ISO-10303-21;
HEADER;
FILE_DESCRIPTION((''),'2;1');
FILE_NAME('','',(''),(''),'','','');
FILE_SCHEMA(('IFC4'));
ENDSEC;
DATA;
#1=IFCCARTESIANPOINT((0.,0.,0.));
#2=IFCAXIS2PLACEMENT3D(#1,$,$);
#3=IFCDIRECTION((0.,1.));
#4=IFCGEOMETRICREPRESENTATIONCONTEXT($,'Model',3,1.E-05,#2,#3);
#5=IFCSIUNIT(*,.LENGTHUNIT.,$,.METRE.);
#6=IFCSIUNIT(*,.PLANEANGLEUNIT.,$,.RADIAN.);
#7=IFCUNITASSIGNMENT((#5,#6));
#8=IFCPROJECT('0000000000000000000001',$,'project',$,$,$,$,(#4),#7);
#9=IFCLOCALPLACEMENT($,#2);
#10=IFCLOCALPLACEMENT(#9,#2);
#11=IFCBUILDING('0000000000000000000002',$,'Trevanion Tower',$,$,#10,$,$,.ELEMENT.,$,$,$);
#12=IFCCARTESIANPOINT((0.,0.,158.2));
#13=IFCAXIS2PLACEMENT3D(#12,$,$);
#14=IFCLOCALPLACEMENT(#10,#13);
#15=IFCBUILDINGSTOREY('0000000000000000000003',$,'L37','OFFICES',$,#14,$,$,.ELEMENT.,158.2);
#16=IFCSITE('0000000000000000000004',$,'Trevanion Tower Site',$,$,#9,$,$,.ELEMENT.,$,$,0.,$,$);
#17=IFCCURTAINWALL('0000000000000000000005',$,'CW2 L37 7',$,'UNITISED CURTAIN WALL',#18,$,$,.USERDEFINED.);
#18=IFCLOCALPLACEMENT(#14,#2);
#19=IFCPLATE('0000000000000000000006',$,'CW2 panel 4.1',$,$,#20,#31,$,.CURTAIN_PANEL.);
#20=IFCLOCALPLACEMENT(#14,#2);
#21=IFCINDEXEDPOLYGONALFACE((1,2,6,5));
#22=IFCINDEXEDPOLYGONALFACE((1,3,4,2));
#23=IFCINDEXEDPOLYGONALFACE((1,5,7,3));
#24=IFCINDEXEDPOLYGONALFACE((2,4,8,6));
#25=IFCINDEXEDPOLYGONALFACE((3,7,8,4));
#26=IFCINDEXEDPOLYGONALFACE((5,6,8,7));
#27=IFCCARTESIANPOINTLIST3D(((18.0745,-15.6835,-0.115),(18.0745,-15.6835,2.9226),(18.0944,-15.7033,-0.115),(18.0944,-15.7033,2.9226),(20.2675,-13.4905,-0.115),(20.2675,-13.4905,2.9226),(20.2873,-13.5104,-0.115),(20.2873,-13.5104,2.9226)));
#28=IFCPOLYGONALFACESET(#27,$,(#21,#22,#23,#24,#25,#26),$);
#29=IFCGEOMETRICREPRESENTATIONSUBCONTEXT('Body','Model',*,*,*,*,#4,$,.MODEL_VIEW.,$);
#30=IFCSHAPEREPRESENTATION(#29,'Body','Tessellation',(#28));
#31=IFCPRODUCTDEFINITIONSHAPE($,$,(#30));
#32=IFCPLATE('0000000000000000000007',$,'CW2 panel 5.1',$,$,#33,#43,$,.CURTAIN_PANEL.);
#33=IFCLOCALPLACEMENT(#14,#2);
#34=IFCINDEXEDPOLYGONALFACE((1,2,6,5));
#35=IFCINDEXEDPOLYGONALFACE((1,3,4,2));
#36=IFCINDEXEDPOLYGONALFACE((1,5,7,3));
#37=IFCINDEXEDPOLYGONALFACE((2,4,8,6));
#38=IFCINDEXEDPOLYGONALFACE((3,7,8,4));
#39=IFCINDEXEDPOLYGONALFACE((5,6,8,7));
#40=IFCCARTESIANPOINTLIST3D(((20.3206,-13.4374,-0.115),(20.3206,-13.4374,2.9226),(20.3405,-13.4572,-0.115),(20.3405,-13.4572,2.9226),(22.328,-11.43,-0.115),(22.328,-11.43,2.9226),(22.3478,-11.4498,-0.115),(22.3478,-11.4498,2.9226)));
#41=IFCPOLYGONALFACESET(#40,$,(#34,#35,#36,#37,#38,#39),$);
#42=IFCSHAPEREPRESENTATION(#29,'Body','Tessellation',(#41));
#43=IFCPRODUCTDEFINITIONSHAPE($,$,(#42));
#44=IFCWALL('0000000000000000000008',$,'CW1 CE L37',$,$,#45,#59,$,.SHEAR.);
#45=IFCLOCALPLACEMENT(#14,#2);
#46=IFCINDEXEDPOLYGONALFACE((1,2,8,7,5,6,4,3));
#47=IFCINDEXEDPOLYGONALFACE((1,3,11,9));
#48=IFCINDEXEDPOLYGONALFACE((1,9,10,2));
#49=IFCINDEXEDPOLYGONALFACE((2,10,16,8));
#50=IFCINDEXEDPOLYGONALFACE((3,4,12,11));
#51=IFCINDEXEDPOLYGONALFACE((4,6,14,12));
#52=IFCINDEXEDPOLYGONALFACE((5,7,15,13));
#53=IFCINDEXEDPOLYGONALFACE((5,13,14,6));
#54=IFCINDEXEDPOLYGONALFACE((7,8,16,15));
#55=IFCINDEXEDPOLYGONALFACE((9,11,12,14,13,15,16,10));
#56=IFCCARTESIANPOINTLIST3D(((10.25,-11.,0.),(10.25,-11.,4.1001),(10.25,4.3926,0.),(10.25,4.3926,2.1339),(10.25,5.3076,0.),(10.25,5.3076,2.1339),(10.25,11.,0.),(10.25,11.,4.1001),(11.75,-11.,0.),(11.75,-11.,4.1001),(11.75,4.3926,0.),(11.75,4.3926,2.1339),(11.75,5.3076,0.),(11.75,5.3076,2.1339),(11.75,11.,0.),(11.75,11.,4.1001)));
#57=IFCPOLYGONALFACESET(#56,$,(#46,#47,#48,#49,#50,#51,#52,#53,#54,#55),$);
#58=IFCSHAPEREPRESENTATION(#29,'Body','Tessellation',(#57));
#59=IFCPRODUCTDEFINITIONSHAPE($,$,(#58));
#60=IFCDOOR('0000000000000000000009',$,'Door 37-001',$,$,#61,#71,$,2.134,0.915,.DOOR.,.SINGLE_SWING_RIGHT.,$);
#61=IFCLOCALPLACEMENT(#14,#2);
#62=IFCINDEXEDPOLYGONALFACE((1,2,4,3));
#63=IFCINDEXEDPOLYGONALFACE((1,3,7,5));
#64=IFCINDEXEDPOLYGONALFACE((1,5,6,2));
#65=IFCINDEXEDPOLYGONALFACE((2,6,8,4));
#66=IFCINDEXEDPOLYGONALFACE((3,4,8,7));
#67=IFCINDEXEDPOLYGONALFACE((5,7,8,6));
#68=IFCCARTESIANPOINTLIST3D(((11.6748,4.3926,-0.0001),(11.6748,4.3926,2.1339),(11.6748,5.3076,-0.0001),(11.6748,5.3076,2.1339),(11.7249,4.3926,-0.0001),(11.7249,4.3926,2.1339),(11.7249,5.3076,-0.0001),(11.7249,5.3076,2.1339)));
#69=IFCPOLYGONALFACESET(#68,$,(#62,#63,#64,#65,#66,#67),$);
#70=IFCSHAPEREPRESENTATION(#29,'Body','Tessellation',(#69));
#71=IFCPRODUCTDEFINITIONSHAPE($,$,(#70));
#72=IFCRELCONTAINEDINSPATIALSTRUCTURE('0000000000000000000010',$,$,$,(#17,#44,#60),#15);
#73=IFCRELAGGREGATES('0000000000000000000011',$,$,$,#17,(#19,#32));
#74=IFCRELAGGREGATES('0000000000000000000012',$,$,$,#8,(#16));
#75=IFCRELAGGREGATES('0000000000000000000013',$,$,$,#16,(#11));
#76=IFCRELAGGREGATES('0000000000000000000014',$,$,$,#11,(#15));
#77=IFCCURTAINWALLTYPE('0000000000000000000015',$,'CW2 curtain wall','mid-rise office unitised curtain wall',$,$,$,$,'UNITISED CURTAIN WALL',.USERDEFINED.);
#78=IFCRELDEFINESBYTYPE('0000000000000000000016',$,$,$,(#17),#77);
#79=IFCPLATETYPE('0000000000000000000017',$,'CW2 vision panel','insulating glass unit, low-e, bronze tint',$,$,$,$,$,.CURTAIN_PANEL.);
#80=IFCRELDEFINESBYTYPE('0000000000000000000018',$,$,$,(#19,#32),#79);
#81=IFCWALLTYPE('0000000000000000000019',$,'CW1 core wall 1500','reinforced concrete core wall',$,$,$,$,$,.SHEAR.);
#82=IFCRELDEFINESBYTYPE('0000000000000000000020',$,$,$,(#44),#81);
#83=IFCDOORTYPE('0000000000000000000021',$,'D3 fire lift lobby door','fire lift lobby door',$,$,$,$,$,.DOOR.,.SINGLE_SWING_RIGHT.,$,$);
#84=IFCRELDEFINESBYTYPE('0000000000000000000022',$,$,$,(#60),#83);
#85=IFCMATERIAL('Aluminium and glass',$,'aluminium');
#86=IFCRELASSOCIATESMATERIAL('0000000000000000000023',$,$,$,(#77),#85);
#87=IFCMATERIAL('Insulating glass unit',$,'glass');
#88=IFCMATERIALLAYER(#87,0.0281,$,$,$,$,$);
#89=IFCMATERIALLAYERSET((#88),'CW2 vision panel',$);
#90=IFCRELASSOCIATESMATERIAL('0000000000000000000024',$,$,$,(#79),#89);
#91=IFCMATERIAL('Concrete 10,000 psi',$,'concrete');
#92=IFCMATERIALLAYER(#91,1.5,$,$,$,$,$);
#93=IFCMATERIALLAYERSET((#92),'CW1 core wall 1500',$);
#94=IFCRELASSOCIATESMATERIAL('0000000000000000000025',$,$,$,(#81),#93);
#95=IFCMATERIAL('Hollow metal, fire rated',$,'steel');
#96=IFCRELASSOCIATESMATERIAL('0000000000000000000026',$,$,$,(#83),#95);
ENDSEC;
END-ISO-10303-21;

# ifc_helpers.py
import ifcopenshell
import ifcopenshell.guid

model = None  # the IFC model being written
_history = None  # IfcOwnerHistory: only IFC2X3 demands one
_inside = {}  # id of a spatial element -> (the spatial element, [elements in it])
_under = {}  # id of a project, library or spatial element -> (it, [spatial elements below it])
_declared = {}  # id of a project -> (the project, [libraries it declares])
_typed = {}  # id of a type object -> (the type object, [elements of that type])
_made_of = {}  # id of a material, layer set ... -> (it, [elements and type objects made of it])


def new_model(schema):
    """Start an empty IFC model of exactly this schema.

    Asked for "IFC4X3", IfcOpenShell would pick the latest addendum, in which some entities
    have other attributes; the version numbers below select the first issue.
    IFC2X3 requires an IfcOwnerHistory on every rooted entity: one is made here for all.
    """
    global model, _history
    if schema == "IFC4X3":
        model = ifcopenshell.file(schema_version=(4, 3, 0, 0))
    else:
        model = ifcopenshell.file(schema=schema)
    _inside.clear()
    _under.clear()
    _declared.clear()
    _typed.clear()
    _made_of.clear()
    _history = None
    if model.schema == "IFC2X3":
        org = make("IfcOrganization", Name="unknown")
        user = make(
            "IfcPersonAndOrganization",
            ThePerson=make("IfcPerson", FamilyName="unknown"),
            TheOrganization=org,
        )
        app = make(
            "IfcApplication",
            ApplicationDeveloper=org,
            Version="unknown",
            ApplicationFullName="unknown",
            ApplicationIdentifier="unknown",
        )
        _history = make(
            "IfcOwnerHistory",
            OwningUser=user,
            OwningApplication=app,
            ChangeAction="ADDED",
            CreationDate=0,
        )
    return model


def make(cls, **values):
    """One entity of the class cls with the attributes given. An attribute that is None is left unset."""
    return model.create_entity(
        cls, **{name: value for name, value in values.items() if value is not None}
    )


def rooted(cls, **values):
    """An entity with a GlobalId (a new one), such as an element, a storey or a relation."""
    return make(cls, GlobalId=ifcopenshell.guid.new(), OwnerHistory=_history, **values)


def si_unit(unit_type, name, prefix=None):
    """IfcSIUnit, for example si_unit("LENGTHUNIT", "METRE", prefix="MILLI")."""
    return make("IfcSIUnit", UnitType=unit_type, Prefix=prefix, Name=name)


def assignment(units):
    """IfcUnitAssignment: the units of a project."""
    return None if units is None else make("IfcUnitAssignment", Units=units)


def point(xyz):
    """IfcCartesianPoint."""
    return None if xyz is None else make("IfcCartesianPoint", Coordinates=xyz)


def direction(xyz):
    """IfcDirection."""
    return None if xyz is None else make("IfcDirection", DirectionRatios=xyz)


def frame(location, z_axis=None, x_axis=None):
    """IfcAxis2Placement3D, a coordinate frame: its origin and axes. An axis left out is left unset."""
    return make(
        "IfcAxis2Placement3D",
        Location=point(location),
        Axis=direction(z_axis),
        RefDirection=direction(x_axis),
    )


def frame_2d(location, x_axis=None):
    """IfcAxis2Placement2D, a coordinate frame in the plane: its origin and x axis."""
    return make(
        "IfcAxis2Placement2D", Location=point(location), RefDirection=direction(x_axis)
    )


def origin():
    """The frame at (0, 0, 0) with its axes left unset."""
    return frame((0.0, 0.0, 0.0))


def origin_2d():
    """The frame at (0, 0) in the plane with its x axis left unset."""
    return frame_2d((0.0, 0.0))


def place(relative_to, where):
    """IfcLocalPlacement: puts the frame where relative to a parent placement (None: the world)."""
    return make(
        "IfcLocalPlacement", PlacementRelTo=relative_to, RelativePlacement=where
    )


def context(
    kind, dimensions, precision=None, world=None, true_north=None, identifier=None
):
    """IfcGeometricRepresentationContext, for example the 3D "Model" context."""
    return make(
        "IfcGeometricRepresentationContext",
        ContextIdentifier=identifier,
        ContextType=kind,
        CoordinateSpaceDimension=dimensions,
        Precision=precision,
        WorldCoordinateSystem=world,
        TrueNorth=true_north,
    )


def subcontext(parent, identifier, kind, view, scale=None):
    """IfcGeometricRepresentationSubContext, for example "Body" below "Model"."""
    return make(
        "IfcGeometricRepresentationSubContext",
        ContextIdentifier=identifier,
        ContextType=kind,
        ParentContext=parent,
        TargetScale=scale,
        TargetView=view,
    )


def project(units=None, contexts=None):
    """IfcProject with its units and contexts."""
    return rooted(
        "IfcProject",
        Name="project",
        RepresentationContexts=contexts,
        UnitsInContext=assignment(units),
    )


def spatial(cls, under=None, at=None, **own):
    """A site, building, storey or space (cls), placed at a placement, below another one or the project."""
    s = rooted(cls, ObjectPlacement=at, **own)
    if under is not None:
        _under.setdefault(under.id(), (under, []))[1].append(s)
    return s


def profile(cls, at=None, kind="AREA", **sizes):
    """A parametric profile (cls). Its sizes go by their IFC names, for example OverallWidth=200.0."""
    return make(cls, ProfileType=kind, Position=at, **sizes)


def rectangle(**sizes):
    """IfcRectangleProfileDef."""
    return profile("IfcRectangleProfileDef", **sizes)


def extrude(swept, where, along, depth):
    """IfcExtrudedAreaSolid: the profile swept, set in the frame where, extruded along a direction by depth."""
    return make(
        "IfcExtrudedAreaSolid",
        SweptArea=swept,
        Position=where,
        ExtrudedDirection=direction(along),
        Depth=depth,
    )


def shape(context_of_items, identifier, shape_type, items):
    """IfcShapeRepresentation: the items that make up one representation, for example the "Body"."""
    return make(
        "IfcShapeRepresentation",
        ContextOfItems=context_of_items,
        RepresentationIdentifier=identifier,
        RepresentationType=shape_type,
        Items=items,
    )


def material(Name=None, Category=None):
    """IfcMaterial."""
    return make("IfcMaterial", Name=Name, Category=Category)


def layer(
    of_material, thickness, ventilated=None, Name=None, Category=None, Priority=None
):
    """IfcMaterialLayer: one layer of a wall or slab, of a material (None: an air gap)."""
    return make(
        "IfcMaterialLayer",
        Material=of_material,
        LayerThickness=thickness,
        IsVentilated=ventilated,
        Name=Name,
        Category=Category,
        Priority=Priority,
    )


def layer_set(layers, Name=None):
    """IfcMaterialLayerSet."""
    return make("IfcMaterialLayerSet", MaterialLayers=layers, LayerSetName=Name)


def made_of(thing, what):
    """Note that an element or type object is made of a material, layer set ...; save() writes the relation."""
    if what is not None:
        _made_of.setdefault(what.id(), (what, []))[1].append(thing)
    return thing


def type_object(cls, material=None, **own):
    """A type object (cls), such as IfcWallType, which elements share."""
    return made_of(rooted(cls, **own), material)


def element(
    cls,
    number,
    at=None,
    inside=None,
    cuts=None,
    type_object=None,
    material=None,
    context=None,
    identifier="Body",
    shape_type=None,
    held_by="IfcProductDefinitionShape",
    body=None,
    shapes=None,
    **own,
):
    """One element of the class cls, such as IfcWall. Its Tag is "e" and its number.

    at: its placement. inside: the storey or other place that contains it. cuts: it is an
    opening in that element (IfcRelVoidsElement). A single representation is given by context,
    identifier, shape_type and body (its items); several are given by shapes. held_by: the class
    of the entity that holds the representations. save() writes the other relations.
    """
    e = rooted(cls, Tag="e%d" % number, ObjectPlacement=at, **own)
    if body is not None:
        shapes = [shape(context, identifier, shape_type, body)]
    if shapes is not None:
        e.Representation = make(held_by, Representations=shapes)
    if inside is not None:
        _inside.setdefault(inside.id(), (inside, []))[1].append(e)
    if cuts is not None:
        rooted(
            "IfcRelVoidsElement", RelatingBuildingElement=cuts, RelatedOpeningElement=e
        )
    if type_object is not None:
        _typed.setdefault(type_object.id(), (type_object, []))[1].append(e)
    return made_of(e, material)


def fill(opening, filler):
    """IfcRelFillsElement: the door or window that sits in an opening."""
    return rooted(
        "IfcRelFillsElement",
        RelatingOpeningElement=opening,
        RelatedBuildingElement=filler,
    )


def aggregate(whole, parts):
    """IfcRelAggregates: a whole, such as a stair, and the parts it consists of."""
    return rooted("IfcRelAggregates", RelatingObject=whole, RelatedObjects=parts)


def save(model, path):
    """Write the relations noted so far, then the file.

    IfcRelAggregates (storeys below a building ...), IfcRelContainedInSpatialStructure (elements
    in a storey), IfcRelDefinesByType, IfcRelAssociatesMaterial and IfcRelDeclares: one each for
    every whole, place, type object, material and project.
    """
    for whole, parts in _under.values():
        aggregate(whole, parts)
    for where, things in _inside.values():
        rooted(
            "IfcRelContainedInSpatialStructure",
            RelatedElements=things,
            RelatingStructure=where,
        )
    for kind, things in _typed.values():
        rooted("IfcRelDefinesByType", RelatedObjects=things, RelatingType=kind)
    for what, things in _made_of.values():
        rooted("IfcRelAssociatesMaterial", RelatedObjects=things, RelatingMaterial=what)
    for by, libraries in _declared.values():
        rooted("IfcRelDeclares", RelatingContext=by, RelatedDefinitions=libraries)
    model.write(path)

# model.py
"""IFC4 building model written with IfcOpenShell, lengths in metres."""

from ifc_helpers import new_model, si_unit, direction, frame, frame_2d, origin, origin_2d, place, context, subcontext, project, spatial, rectangle, extrude, material, layer, layer_set, type_object, element, fill, aggregate, save


model = new_model("IFC4")

# Units and contexts
model_context = context("Model", 3, precision=1e-05, world=origin(), true_north=direction((0.0, 1.0)))
body_context = subcontext(model_context, "Body", "Model", "MODEL_VIEW")
ifc_project = project(units=[si_unit("LENGTHUNIT", "METRE"), si_unit("PLANEANGLEUNIT", "RADIAN")], contexts=[model_context])

# Site, building, storey
site_placement = place(None, origin())
site = spatial("IfcSite", under=ifc_project, at=site_placement, Name="Trevanion Tower Site", CompositionType="ELEMENT", RefElevation=0.0)
building_placement = place(site_placement, origin())
building = spatial("IfcBuilding", under=site, at=building_placement, Name="Trevanion Tower", CompositionType="ELEMENT")
storey_placement = place(building_placement, frame((0.0, 0.0, 158.2)))
storey = spatial("IfcBuildingStorey", under=building, at=storey_placement, Name="L37", Description="OFFICES", CompositionType="ELEMENT", Elevation=158.2)

# Curtain wall
ifc_material_1 = material(Name="Aluminium and glass", Category="aluminium")
curtain_wall_type = type_object("IfcCurtainWallType", Name="CW2 curtain wall", Description="mid-rise office unitised curtain wall", ElementType="UNITISED CURTAIN WALL", PredefinedType="USERDEFINED", material=ifc_material_1)
curtain_wall_1_placement = place(storey_placement, origin())
curtain_wall_1 = element("IfcCurtainWall", 1, at=curtain_wall_1_placement, inside=storey, type_object=curtain_wall_type, Name="CW2 L37 7", ObjectType="UNITISED CURTAIN WALL", PredefinedType="USERDEFINED")

# Plates
ifc_material_2 = material(Name="Insulating glass unit", Category="glass")
ifc_layer_1 = layer(ifc_material_2, 0.0281)
ifc_layer_set_1 = layer_set([ifc_layer_1], Name="CW2 vision panel")
plate_type_1 = type_object("IfcPlateType", Name="CW2 vision panel", Description="insulating glass unit, low-e, bronze tint", PredefinedType="CURTAIN_PANEL", material=ifc_layer_set_1)
plate_1_placement = place(storey_placement, frame((19.1809, -14.5969, -0.115), z_axis=(0.0, 0.0, 1.0), x_axis=(0.707107, 0.707107, 0.0)))
plate_1 = element("IfcPlate", 2, at=plate_1_placement, type_object=plate_type_1, Name="CW2 panel 4.1", PredefinedType="CURTAIN_PANEL", context=body_context, shape_type="SweptSolid", body=[
    extrude(rectangle(XDim=3.1013, YDim=0.0281, at=origin_2d()), origin(), (0.0, 0.0, 1.0), 3.0376),
])
plate_2_placement = place(storey_placement, frame((21.3342, -12.4436, -0.115), z_axis=(0.0, 0.0, 1.0), x_axis=(0.707107, 0.707107, 0.0)))
plate_2 = element("IfcPlate", 3, at=plate_2_placement, type_object=plate_type_1, Name="CW2 panel 5.1", PredefinedType="CURTAIN_PANEL", context=body_context, shape_type="SweptSolid", body=[
    extrude(rectangle(XDim=2.8389, YDim=0.0281, at=origin_2d()), origin(), (0.0, 0.0, 1.0), 3.0376),
])
aggregate(curtain_wall_1, [plate_1, plate_2])

# Wall, opening, door
ifc_material_3 = material(Name="Concrete 10,000 psi", Category="concrete")
ifc_layer_2 = layer(ifc_material_3, 1.5)
ifc_layer_set_2 = layer_set([ifc_layer_2], Name="CW1 core wall 1500")
wall_type = type_object("IfcWallType", Name="CW1 core wall 1500", Description="reinforced concrete core wall", PredefinedType="SHEAR", material=ifc_layer_set_2)
wall_placement = place(storey_placement, frame((11.0, -11.0, 0.0), z_axis=(0.0, 0.0, 1.0), x_axis=(0.0, 1.0, 0.0)))
wall = element("IfcWall", 4, at=wall_placement, inside=storey, type_object=wall_type, Name="CW1 CE L37", PredefinedType="SHEAR", context=body_context, shape_type="SweptSolid", body=[
    extrude(rectangle(XDim=22.0, YDim=1.5, at=frame_2d((11.0, 0.0))), origin(), (0.0, 0.0, 1.0), 4.1001),
])
opening_placement = place(wall_placement, frame((15.3926, 0.0, 0.0)))
opening = element("IfcOpeningElement", 5, at=opening_placement, cuts=wall, PredefinedType="OPENING", context=body_context, shape_type="SweptSolid", body=[
    extrude(rectangle(XDim=0.915, YDim=2.134, at=frame_2d((0.4575, 1.0669))), frame((0.0, 0.76, 0.0), z_axis=(0.0, -1.0, 0.0), x_axis=(1.0, 0.0, 0.0)), (0.0, 0.0, 1.0), 1.52),
])
ifc_material_4 = material(Name="Hollow metal, fire rated", Category="steel")
door_type = type_object("IfcDoorType", Name="D3 fire lift lobby door", Description="fire lift lobby door", OperationType="SINGLE_SWING_RIGHT", PredefinedType="DOOR", material=ifc_material_4)
door_placement = place(opening_placement, origin())
door = element("IfcDoor", 6, at=door_placement, inside=storey, type_object=door_type, Name="Door 37-001", OperationType="SINGLE_SWING_RIGHT", OverallHeight=2.134, OverallWidth=0.915, PredefinedType="DOOR", context=body_context, shape_type="SweptSolid", body=[
    extrude(rectangle(XDim=0.915, YDim=2.134, at=frame_2d((0.4575, 1.0669))), frame((0.0, -0.6748, 0.0), z_axis=(0.0, -1.0, 0.0), x_axis=(1.0, 0.0, 0.0)), (0.0, 0.0, 1.0), 0.05),
])
fill(opening, door)

save(model, "model.ifc")
